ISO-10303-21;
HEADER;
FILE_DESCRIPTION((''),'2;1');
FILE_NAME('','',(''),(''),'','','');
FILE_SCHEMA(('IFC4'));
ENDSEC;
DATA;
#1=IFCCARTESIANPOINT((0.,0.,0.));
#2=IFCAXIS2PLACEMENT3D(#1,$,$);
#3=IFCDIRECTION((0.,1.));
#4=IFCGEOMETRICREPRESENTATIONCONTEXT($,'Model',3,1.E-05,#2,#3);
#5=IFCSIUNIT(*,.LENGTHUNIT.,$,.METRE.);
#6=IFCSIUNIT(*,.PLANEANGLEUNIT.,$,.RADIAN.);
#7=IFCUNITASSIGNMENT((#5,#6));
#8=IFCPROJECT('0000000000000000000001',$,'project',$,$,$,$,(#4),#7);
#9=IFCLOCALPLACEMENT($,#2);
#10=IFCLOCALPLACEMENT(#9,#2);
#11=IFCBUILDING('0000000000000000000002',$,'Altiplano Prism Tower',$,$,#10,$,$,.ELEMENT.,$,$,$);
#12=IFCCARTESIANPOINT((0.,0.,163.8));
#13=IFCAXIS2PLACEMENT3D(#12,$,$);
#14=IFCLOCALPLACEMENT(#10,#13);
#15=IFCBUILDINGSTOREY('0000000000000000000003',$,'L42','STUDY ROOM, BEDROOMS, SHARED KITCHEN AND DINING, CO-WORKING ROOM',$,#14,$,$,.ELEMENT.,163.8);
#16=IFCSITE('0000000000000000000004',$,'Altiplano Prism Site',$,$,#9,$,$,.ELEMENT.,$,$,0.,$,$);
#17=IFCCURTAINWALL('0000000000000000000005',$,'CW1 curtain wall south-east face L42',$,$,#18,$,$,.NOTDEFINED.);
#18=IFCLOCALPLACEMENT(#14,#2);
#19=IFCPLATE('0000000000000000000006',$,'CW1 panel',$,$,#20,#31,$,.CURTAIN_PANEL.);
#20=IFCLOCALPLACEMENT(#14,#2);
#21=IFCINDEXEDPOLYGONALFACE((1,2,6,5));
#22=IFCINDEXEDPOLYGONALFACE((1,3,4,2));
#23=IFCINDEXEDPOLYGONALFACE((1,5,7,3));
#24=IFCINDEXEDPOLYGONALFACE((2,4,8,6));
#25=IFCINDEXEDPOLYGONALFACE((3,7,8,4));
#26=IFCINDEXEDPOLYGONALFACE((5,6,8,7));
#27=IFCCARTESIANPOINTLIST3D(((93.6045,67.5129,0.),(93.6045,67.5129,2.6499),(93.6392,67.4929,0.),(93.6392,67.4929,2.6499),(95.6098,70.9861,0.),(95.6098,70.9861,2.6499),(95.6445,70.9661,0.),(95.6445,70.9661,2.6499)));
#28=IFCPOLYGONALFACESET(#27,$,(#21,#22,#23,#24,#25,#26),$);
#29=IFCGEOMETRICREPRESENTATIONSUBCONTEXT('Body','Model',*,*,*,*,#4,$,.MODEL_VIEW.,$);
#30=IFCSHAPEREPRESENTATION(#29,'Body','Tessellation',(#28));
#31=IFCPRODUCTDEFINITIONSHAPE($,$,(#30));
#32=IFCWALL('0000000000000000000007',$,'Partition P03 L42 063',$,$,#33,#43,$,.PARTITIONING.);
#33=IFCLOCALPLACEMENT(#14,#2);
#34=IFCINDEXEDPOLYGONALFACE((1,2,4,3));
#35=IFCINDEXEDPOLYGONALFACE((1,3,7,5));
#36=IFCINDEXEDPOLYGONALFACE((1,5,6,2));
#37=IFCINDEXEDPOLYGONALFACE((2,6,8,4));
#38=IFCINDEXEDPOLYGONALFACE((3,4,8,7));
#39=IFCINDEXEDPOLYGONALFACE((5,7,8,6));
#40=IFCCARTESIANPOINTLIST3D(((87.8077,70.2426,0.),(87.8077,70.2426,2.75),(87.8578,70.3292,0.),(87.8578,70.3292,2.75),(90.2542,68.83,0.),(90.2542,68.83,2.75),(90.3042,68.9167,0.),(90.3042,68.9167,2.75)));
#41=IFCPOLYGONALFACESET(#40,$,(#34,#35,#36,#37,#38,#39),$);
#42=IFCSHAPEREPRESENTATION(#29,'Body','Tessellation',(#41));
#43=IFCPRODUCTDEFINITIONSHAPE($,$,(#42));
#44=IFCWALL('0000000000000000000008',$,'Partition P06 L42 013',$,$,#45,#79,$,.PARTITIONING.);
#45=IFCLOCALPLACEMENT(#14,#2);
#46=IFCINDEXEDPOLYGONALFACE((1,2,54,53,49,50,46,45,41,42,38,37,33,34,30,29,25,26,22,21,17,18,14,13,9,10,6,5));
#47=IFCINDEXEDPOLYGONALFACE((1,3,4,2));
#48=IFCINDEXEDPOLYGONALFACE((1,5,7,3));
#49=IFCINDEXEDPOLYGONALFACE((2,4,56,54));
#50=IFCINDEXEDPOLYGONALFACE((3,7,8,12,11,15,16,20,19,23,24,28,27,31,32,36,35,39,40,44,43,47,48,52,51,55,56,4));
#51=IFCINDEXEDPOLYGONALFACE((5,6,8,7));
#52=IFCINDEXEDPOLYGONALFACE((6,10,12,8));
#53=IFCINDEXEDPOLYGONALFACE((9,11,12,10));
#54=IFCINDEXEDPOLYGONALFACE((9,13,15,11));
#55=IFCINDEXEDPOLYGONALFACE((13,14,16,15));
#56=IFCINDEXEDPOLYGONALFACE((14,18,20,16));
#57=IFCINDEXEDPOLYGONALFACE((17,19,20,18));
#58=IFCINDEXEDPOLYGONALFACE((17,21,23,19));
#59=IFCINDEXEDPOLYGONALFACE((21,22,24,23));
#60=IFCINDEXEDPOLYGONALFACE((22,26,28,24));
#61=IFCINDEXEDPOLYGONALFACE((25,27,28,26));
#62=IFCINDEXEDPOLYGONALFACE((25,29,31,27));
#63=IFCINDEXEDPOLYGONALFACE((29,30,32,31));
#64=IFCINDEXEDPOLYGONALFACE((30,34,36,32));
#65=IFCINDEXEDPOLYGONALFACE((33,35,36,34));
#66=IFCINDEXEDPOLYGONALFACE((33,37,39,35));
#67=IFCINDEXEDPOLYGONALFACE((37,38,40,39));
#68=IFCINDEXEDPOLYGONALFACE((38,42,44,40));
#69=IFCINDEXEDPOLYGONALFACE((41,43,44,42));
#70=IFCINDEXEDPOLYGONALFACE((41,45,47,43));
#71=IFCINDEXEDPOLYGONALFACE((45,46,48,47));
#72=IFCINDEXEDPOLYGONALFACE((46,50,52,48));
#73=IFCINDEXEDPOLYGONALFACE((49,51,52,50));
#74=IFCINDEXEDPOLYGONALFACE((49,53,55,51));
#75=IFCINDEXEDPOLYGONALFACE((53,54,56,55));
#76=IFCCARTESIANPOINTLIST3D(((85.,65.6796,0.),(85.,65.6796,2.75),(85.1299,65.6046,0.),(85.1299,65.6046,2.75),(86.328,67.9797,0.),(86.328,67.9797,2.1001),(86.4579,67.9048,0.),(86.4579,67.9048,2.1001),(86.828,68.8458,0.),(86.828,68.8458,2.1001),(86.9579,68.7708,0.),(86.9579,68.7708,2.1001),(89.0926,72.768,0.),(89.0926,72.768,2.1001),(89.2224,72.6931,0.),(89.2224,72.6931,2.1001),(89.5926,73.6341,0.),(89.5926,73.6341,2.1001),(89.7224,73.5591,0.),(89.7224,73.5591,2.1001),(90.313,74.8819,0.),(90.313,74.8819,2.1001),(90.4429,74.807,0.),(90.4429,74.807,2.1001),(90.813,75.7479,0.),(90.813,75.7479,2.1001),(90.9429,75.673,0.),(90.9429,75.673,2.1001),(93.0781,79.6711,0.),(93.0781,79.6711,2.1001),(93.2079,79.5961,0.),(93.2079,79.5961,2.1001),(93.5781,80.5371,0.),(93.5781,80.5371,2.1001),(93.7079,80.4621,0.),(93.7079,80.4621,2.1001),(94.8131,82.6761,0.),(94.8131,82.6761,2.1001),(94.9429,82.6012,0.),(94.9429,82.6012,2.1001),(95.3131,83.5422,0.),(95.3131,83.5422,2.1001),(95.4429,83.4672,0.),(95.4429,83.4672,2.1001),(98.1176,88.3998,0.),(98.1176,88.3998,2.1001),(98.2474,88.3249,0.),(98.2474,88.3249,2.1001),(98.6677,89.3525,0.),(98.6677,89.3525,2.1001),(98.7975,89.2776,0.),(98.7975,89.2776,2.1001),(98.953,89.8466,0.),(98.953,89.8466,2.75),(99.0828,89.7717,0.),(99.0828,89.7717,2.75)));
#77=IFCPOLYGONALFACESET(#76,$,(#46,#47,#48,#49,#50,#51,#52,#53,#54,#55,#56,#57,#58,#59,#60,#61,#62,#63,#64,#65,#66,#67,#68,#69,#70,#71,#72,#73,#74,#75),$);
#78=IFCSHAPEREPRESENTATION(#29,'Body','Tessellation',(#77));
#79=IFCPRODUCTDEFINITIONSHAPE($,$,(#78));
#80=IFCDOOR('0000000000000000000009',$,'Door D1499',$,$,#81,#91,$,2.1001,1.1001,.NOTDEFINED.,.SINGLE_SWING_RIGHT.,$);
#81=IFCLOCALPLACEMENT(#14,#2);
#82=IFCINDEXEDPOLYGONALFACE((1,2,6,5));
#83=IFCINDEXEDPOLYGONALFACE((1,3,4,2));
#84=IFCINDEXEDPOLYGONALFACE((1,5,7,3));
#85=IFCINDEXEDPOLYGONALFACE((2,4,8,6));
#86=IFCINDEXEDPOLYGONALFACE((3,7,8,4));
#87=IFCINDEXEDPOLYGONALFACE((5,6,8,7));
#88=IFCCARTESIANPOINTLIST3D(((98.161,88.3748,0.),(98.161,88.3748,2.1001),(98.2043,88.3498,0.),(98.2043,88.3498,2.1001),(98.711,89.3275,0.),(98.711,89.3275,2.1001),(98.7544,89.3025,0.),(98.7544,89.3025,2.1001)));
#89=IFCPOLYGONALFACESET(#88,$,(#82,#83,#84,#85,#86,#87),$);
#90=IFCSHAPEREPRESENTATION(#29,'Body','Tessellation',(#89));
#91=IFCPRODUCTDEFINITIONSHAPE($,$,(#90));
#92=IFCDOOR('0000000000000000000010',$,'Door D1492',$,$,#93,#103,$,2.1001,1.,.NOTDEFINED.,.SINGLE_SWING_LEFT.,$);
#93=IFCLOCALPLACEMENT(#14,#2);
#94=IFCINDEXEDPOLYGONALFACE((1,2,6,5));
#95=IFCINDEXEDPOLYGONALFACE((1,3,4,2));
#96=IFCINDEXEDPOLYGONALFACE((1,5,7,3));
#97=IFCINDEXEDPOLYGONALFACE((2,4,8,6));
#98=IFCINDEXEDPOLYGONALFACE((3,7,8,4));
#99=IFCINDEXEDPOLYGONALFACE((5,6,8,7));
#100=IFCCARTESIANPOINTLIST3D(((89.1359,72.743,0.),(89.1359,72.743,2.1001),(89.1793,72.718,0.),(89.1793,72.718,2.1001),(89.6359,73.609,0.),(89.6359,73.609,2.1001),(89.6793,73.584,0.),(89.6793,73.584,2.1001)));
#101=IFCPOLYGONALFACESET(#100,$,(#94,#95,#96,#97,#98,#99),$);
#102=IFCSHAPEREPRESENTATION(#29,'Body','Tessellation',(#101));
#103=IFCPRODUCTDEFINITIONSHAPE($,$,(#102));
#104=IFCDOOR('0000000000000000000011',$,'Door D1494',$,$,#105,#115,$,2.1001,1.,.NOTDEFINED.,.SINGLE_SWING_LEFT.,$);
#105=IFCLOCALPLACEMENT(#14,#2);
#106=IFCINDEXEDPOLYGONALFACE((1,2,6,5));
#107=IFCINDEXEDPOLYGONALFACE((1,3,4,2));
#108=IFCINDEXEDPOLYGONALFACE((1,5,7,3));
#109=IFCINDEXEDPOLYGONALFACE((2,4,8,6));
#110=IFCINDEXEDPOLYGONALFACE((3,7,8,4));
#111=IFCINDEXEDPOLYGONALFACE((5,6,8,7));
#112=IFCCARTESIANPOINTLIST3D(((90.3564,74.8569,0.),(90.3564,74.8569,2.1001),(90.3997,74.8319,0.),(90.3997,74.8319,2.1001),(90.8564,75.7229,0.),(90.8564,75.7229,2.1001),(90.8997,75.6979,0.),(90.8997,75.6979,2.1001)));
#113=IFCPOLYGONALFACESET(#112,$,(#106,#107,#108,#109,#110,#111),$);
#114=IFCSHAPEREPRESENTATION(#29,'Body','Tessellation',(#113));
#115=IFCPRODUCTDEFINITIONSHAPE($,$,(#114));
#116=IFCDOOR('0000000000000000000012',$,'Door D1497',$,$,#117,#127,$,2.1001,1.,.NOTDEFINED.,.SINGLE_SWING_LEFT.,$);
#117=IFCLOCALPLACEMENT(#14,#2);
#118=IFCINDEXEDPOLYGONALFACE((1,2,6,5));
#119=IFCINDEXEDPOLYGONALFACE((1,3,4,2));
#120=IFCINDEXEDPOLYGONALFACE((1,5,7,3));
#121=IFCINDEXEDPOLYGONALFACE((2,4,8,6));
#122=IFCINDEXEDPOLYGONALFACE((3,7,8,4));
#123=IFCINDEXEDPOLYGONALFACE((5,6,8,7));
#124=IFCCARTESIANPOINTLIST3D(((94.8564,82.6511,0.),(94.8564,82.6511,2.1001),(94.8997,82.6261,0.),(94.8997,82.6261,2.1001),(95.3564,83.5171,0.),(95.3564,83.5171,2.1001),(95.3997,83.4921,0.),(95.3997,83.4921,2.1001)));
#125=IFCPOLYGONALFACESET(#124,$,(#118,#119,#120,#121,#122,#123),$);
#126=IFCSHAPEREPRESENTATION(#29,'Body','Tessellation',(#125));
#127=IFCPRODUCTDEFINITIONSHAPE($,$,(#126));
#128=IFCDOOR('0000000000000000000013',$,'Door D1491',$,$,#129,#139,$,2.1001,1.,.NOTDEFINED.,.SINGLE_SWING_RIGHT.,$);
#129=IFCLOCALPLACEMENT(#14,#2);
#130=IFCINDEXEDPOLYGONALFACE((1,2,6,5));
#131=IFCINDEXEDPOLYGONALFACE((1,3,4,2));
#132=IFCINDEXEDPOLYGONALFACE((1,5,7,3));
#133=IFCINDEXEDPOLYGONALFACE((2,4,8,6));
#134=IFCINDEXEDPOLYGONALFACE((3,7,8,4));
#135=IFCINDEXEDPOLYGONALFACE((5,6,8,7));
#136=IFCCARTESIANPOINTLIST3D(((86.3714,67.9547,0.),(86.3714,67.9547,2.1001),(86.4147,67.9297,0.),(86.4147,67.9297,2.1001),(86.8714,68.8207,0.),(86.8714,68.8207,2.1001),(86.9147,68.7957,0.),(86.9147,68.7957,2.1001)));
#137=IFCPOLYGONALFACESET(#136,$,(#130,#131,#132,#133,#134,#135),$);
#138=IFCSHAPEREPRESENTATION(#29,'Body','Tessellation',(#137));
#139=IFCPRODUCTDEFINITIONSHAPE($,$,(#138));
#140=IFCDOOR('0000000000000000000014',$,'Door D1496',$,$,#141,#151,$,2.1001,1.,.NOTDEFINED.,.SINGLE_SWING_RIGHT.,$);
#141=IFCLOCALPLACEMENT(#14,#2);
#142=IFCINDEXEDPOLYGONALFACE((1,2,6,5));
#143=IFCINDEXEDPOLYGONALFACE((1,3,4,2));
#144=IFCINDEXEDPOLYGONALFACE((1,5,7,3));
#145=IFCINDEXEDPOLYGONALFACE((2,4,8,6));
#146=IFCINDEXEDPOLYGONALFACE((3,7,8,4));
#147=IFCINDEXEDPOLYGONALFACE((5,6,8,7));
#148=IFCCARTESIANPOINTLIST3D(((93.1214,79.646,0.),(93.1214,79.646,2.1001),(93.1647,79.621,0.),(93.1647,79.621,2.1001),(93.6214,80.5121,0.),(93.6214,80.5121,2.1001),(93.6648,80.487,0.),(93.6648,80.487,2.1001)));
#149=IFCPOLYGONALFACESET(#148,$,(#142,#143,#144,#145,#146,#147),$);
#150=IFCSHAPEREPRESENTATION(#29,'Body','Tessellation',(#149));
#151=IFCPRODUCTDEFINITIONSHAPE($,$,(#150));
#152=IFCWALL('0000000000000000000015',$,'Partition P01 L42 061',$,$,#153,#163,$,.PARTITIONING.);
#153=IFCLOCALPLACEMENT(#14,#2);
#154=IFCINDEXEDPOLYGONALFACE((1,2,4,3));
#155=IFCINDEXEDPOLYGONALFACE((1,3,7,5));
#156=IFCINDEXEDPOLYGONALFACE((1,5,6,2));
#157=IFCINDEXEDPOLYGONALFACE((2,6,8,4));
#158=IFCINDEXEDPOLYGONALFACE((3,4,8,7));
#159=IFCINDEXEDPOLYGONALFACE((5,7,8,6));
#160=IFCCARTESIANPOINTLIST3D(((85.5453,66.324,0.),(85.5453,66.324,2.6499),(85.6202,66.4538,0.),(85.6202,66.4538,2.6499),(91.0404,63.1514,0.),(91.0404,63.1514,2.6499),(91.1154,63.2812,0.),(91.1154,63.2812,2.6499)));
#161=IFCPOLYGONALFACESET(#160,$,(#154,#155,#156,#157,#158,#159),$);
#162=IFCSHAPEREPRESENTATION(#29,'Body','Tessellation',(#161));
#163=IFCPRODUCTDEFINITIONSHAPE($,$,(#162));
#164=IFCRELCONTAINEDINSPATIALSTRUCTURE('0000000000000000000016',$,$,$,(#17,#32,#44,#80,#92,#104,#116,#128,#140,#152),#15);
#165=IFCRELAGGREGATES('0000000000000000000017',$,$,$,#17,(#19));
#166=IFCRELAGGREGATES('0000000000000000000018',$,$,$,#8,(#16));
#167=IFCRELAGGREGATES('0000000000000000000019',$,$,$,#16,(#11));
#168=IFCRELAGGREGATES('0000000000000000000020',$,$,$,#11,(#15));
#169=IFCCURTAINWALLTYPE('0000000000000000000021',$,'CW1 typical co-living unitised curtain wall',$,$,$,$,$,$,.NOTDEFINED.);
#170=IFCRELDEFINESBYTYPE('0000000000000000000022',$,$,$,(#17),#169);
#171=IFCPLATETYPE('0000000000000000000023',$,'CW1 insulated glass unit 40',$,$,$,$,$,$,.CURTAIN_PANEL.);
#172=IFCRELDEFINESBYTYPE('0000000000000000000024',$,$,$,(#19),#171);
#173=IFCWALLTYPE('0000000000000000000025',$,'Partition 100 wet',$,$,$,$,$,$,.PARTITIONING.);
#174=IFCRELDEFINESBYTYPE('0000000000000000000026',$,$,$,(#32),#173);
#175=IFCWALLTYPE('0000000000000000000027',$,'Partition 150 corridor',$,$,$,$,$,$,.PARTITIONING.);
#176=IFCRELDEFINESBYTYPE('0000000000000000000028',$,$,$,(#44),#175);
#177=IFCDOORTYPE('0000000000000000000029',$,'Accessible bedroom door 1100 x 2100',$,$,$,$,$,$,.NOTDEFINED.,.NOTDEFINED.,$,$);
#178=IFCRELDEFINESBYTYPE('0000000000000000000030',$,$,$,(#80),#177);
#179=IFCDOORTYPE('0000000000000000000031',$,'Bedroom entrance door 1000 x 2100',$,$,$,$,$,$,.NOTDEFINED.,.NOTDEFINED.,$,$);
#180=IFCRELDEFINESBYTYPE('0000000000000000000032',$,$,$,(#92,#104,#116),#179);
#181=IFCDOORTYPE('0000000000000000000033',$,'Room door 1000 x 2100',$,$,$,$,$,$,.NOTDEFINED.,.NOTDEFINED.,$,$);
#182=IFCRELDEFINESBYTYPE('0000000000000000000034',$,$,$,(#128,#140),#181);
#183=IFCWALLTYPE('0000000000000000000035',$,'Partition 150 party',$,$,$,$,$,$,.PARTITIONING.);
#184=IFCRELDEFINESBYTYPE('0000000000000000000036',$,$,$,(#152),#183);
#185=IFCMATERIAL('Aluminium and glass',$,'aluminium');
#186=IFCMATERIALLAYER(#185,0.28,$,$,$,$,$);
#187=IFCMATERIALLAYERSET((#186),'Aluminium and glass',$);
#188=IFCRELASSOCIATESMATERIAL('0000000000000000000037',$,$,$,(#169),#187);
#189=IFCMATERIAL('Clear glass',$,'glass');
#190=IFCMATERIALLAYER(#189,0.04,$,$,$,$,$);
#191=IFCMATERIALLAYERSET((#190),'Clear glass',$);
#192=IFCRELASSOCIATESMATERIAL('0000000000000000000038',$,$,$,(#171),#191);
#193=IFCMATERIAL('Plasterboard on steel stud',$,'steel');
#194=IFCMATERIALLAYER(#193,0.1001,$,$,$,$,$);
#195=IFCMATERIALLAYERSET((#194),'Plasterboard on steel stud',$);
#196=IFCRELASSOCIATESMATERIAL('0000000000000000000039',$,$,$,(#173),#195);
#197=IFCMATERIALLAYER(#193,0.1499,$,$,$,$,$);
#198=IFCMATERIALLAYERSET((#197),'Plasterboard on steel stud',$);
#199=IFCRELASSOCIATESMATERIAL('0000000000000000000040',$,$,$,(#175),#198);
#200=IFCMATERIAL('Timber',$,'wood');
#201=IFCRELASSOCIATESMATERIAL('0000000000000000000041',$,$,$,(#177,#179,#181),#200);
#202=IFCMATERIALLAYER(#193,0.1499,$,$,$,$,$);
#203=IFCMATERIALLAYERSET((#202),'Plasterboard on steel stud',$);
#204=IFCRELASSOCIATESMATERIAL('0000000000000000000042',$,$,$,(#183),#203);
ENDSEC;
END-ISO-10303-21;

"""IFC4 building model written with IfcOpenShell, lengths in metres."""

from ifc_helpers import new_model, si_unit, direction, frame, frame_2d, origin, origin_2d, place, context, subcontext, project, spatial, rectangle, extrude, material, layer, layer_set, type_object, element, fill, aggregate, save


model = new_model("IFC4")

# Units and contexts
model_context = context("Model", 3, precision=1e-05, world=origin(), true_north=direction((0.0, 1.0)))
body_context = subcontext(model_context, "Body", "Model", "MODEL_VIEW")
ifc_project = project(units=[si_unit("LENGTHUNIT", "METRE"), si_unit("PLANEANGLEUNIT", "RADIAN")], contexts=[model_context])

# Site, building, storey
site_placement = place(None, origin())
site = spatial("IfcSite", under=ifc_project, at=site_placement, Name="Altiplano Prism Site", CompositionType="ELEMENT", RefElevation=0.0)
building_placement = place(site_placement, origin())
building = spatial("IfcBuilding", under=site, at=building_placement, Name="Altiplano Prism Tower", CompositionType="ELEMENT")
storey_placement = place(building_placement, frame((0.0, 0.0, 163.8)))
storey = spatial("IfcBuildingStorey", under=building, at=storey_placement, Name="L42", Description="STUDY ROOM, BEDROOMS, SHARED KITCHEN AND DINING, CO-WORKING ROOM", CompositionType="ELEMENT", Elevation=163.8)

# Curtain wall
ifc_material_1 = material(Name="Aluminium and glass", Category="aluminium")
ifc_layer_1 = layer(ifc_material_1, 0.28)
ifc_layer_set_1 = layer_set([ifc_layer_1], Name="Aluminium and glass")
curtain_wall_type = type_object("IfcCurtainWallType", Name="CW1 typical co-living unitised curtain wall", PredefinedType="NOTDEFINED", material=ifc_layer_set_1)
curtain_wall_1_placement = place(storey_placement, origin())
curtain_wall_1 = element("IfcCurtainWall", 1, at=curtain_wall_1_placement, inside=storey, type_object=curtain_wall_type, Name="CW1 curtain wall south-east face L42", PredefinedType="NOTDEFINED")

# Shared definitions
ifc_material_2 = material(Name="Clear glass", Category="glass")
ifc_layer_2 = layer(ifc_material_2, 0.04)
ifc_layer_set_2 = layer_set([ifc_layer_2], Name="Clear glass")
plate_type = type_object("IfcPlateType", Name="CW1 insulated glass unit 40", PredefinedType="CURTAIN_PANEL", material=ifc_layer_set_2)

# Plate
plate_1_placement = place(storey_placement, frame((94.6245, 69.2395, 0.0), z_axis=(0.0, 0.0, 1.0), x_axis=(0.5, 0.866025, 0.0)))
plate_1 = element("IfcPlate", 2, at=plate_1_placement, type_object=plate_type, Name="CW1 panel", PredefinedType="CURTAIN_PANEL", context=body_context, shape_type="SweptSolid", body=[
    extrude(rectangle(XDim=4.0105, YDim=0.04, at=origin_2d()), origin(), (0.0, 0.0, 1.0), 2.6499),
])
aggregate(curtain_wall_1, [plate_1])

# Wall
ifc_material_3 = material(Name="Plasterboard on steel stud", Category="steel")
ifc_layer_3 = layer(ifc_material_3, 0.1001)
ifc_layer_set_3 = layer_set([ifc_layer_3], Name="Plasterboard on steel stud")
wall_type_1 = type_object("IfcWallType", Name="Partition 100 wet", PredefinedType="PARTITIONING", material=ifc_layer_set_3)
wall_1_placement = place(storey_placement, frame((90.2793, 68.8733, 0.0), z_axis=(0.0, 0.0, 1.0), x_axis=(-0.866011, 0.500024, 0.0)))
element("IfcWall", 3, at=wall_1_placement, inside=storey, type_object=wall_type_1, Name="Partition P03 L42 063", PredefinedType="PARTITIONING", context=body_context, shape_type="SweptSolid", body=[
    extrude(rectangle(XDim=2.825, YDim=0.1001, at=frame_2d((1.4126, 0.0))), origin(), (0.0, 0.0, 1.0), 2.75),
])

# Wall, openings, doors
ifc_layer_4 = layer(ifc_material_3, 0.1499)
ifc_layer_set_4 = layer_set([ifc_layer_4], Name="Plasterboard on steel stud")
wall_type_2 = type_object("IfcWallType", Name="Partition 150 corridor", PredefinedType="PARTITIONING", material=ifc_layer_set_4)
wall_2_placement = place(storey_placement, frame((85.0649, 65.6421, 0.0), z_axis=(0.0, 0.0, 1.0), x_axis=(0.500002, 0.866024, 0.0)))
wall_2 = element("IfcWall", 4, at=wall_2_placement, inside=storey, type_object=wall_type_2, Name="Partition P06 L42 013", PredefinedType="PARTITIONING", context=body_context, shape_type="SweptSolid", body=[
    extrude(rectangle(XDim=27.9058, YDim=0.1499, at=frame_2d((13.9529, 0.0))), origin(), (0.0, 0.0, 1.0), 2.75),
])
opening_1_placement = place(wall_2_placement, frame((2.656, 0.0, 0.0)))
opening_1 = element("IfcOpeningElement", 5, at=opening_1_placement, cuts=wall_2, PredefinedType="OPENING", context=body_context, shape_type="SweptSolid", body=[
    extrude(rectangle(XDim=1.0, YDim=2.1001, at=frame_2d((0.5, 1.05))), frame((0.0, 0.0854, 0.0), z_axis=(0.0, -1.0, 0.0), x_axis=(1.0, 0.0, 0.0)), (0.0, 0.0, 1.0), 0.1709),
])
opening_2_placement = place(wall_2_placement, frame((8.1851, 0.0, 0.0)))
opening_2 = element("IfcOpeningElement", 6, at=opening_2_placement, cuts=wall_2, PredefinedType="OPENING", context=body_context, shape_type="SweptSolid", body=[
    extrude(rectangle(XDim=1.0, YDim=2.1001, at=frame_2d((0.5, 1.05))), frame((0.0, 0.0854, 0.0), z_axis=(0.0, -1.0, 0.0), x_axis=(1.0, 0.0, 0.0)), (0.0, 0.0, 1.0), 0.1709),
])
opening_3_placement = place(wall_2_placement, frame((10.626, 0.0, 0.0)))
opening_3 = element("IfcOpeningElement", 7, at=opening_3_placement, cuts=wall_2, PredefinedType="OPENING", context=body_context, shape_type="SweptSolid", body=[
    extrude(rectangle(XDim=1.0, YDim=2.1001, at=frame_2d((0.5, 1.05))), frame((0.0, 0.0854, 0.0), z_axis=(0.0, -1.0, 0.0), x_axis=(1.0, 0.0, 0.0)), (0.0, 0.0, 1.0), 0.1709),
])
opening_4_placement = place(wall_2_placement, frame((16.156, 0.0, 0.0)))
opening_4 = element("IfcOpeningElement", 8, at=opening_4_placement, cuts=wall_2, PredefinedType="OPENING", context=body_context, shape_type="SweptSolid", body=[
    extrude(rectangle(XDim=1.0, YDim=2.1001, at=frame_2d((0.5, 1.05))), frame((0.0, 0.0854, 0.0), z_axis=(0.0, -1.0, 0.0), x_axis=(1.0, 0.0, 0.0)), (0.0, 0.0, 1.0), 0.1709),
])
opening_5_placement = place(wall_2_placement, frame((19.626, 0.0, 0.0)))
opening_5 = element("IfcOpeningElement", 9, at=opening_5_placement, cuts=wall_2, PredefinedType="OPENING", context=body_context, shape_type="SweptSolid", body=[
    extrude(rectangle(XDim=1.0, YDim=2.1001, at=frame_2d((0.5, 1.05))), frame((0.0, 0.0854, 0.0), z_axis=(0.0, -1.0, 0.0), x_axis=(1.0, 0.0, 0.0)), (0.0, 0.0, 1.0), 0.1709),
])
opening_6_placement = place(wall_2_placement, frame((26.2351, 0.0, 0.0)))
opening_6 = element("IfcOpeningElement", 10, at=opening_6_placement, cuts=wall_2, PredefinedType="OPENING", context=body_context, shape_type="SweptSolid", body=[
    extrude(rectangle(XDim=1.1001, YDim=2.1001, at=frame_2d((0.55, 1.05))), frame((0.0, 0.0854, 0.0), z_axis=(0.0, -1.0, 0.0), x_axis=(1.0, 0.0, 0.0)), (0.0, 0.0, 1.0), 0.1709),
])
ifc_material_4 = material(Name="Timber", Category="wood")
door_type_1 = type_object("IfcDoorType", Name="Accessible bedroom door 1100 x 2100", OperationType="NOTDEFINED", PredefinedType="NOTDEFINED", material=ifc_material_4)
door_1_placement = place(opening_6_placement, origin())
door_1 = element("IfcDoor", 11, at=door_1_placement, inside=storey, type_object=door_type_1, Name="Door D1499", OperationType="SINGLE_SWING_RIGHT", OverallHeight=2.1001, OverallWidth=1.1001, PredefinedType="NOTDEFINED", context=body_context, shape_type="SweptSolid", body=[
    extrude(rectangle(XDim=1.1001, YDim=2.1001, at=frame_2d((0.55, 1.05))), frame((0.0, 0.0249, 0.0), z_axis=(0.0, -1.0, 0.0), x_axis=(1.0, 0.0, 0.0)), (0.0, 0.0, 1.0), 0.05),
])
fill(opening_6, door_1)
door_type_2 = type_object("IfcDoorType", Name="Bedroom entrance door 1000 x 2100", OperationType="NOTDEFINED", PredefinedType="NOTDEFINED", material=ifc_material_4)
door_2_placement = place(opening_2_placement, origin())
door_2 = element("IfcDoor", 12, at=door_2_placement, inside=storey, type_object=door_type_2, Name="Door D1492", OperationType="SINGLE_SWING_LEFT", OverallHeight=2.1001, OverallWidth=1.0, PredefinedType="NOTDEFINED", context=body_context, shape_type="SweptSolid", body=[
    extrude(rectangle(XDim=1.0, YDim=2.1001, at=frame_2d((0.5, 1.05))), frame((0.0, 0.0249, 0.0), z_axis=(0.0, -1.0, 0.0), x_axis=(1.0, 0.0, 0.0)), (0.0, 0.0, 1.0), 0.05),
])
fill(opening_2, door_2)
door_3_placement = place(opening_3_placement, origin())
door_3 = element("IfcDoor", 13, at=door_3_placement, inside=storey, type_object=door_type_2, Name="Door D1494", OperationType="SINGLE_SWING_LEFT", OverallHeight=2.1001, OverallWidth=1.0, PredefinedType="NOTDEFINED", context=body_context, shape_type="SweptSolid", body=[
    extrude(rectangle(XDim=1.0, YDim=2.1001, at=frame_2d((0.5, 1.05))), frame((0.0, 0.0249, 0.0), z_axis=(0.0, -1.0, 0.0), x_axis=(1.0, 0.0, 0.0)), (0.0, 0.0, 1.0), 0.05),
])
fill(opening_3, door_3)
door_4_placement = place(opening_5_placement, origin())
door_4 = element("IfcDoor", 14, at=door_4_placement, inside=storey, type_object=door_type_2, Name="Door D1497", OperationType="SINGLE_SWING_LEFT", OverallHeight=2.1001, OverallWidth=1.0, PredefinedType="NOTDEFINED", context=body_context, shape_type="SweptSolid", body=[
    extrude(rectangle(XDim=1.0, YDim=2.1001, at=frame_2d((0.5, 1.05))), frame((0.0, 0.0249, 0.0), z_axis=(0.0, -1.0, 0.0), x_axis=(1.0, 0.0, 0.0)), (0.0, 0.0, 1.0), 0.05),
])
fill(opening_5, door_4)
door_type_3 = type_object("IfcDoorType", Name="Room door 1000 x 2100", OperationType="NOTDEFINED", PredefinedType="NOTDEFINED", material=ifc_material_4)
door_5_placement = place(opening_1_placement, origin())
door_5 = element("IfcDoor", 15, at=door_5_placement, inside=storey, type_object=door_type_3, Name="Door D1491", OperationType="SINGLE_SWING_RIGHT", OverallHeight=2.1001, OverallWidth=1.0, PredefinedType="NOTDEFINED", context=body_context, shape_type="SweptSolid", body=[
    extrude(rectangle(XDim=1.0, YDim=2.1001, at=frame_2d((0.5, 1.05))), frame((0.0, 0.0249, 0.0), z_axis=(0.0, -1.0, 0.0), x_axis=(1.0, 0.0, 0.0)), (0.0, 0.0, 1.0), 0.05),
])
fill(opening_1, door_5)
door_6_placement = place(opening_4_placement, origin())
door_6 = element("IfcDoor", 16, at=door_6_placement, inside=storey, type_object=door_type_3, Name="Door D1496", OperationType="SINGLE_SWING_RIGHT", OverallHeight=2.1001, OverallWidth=1.0, PredefinedType="NOTDEFINED", context=body_context, shape_type="SweptSolid", body=[
    extrude(rectangle(XDim=1.0, YDim=2.1001, at=frame_2d((0.5, 1.05))), frame((0.0, 0.0249, 0.0), z_axis=(0.0, -1.0, 0.0), x_axis=(1.0, 0.0, 0.0)), (0.0, 0.0, 1.0), 0.05),
])
fill(opening_4, door_6)

# Wall
ifc_layer_5 = layer(ifc_material_3, 0.1499)
ifc_layer_set_5 = layer_set([ifc_layer_5], Name="Plasterboard on steel stud")
wall_type_3 = type_object("IfcWallType", Name="Partition 150 party", PredefinedType="PARTITIONING", material=ifc_layer_set_5)
wall_3_placement = place(storey_placement, frame((91.0779, 63.2163, 0.0), z_axis=(0.0, 0.0, 1.0), x_axis=(-0.866025, 0.5, 0.0)))
element("IfcWall", 17, at=wall_3_placement, inside=storey, type_object=wall_type_3, Name="Partition P01 L42 061", PredefinedType="PARTITIONING", context=body_context, shape_type="SweptSolid", body=[
    extrude(rectangle(XDim=6.3452, YDim=0.1499, at=frame_2d((3.1726, 0.0))), origin(), (0.0, 0.0, 1.0), 2.6499),
])

save(model, "model.ifc")
